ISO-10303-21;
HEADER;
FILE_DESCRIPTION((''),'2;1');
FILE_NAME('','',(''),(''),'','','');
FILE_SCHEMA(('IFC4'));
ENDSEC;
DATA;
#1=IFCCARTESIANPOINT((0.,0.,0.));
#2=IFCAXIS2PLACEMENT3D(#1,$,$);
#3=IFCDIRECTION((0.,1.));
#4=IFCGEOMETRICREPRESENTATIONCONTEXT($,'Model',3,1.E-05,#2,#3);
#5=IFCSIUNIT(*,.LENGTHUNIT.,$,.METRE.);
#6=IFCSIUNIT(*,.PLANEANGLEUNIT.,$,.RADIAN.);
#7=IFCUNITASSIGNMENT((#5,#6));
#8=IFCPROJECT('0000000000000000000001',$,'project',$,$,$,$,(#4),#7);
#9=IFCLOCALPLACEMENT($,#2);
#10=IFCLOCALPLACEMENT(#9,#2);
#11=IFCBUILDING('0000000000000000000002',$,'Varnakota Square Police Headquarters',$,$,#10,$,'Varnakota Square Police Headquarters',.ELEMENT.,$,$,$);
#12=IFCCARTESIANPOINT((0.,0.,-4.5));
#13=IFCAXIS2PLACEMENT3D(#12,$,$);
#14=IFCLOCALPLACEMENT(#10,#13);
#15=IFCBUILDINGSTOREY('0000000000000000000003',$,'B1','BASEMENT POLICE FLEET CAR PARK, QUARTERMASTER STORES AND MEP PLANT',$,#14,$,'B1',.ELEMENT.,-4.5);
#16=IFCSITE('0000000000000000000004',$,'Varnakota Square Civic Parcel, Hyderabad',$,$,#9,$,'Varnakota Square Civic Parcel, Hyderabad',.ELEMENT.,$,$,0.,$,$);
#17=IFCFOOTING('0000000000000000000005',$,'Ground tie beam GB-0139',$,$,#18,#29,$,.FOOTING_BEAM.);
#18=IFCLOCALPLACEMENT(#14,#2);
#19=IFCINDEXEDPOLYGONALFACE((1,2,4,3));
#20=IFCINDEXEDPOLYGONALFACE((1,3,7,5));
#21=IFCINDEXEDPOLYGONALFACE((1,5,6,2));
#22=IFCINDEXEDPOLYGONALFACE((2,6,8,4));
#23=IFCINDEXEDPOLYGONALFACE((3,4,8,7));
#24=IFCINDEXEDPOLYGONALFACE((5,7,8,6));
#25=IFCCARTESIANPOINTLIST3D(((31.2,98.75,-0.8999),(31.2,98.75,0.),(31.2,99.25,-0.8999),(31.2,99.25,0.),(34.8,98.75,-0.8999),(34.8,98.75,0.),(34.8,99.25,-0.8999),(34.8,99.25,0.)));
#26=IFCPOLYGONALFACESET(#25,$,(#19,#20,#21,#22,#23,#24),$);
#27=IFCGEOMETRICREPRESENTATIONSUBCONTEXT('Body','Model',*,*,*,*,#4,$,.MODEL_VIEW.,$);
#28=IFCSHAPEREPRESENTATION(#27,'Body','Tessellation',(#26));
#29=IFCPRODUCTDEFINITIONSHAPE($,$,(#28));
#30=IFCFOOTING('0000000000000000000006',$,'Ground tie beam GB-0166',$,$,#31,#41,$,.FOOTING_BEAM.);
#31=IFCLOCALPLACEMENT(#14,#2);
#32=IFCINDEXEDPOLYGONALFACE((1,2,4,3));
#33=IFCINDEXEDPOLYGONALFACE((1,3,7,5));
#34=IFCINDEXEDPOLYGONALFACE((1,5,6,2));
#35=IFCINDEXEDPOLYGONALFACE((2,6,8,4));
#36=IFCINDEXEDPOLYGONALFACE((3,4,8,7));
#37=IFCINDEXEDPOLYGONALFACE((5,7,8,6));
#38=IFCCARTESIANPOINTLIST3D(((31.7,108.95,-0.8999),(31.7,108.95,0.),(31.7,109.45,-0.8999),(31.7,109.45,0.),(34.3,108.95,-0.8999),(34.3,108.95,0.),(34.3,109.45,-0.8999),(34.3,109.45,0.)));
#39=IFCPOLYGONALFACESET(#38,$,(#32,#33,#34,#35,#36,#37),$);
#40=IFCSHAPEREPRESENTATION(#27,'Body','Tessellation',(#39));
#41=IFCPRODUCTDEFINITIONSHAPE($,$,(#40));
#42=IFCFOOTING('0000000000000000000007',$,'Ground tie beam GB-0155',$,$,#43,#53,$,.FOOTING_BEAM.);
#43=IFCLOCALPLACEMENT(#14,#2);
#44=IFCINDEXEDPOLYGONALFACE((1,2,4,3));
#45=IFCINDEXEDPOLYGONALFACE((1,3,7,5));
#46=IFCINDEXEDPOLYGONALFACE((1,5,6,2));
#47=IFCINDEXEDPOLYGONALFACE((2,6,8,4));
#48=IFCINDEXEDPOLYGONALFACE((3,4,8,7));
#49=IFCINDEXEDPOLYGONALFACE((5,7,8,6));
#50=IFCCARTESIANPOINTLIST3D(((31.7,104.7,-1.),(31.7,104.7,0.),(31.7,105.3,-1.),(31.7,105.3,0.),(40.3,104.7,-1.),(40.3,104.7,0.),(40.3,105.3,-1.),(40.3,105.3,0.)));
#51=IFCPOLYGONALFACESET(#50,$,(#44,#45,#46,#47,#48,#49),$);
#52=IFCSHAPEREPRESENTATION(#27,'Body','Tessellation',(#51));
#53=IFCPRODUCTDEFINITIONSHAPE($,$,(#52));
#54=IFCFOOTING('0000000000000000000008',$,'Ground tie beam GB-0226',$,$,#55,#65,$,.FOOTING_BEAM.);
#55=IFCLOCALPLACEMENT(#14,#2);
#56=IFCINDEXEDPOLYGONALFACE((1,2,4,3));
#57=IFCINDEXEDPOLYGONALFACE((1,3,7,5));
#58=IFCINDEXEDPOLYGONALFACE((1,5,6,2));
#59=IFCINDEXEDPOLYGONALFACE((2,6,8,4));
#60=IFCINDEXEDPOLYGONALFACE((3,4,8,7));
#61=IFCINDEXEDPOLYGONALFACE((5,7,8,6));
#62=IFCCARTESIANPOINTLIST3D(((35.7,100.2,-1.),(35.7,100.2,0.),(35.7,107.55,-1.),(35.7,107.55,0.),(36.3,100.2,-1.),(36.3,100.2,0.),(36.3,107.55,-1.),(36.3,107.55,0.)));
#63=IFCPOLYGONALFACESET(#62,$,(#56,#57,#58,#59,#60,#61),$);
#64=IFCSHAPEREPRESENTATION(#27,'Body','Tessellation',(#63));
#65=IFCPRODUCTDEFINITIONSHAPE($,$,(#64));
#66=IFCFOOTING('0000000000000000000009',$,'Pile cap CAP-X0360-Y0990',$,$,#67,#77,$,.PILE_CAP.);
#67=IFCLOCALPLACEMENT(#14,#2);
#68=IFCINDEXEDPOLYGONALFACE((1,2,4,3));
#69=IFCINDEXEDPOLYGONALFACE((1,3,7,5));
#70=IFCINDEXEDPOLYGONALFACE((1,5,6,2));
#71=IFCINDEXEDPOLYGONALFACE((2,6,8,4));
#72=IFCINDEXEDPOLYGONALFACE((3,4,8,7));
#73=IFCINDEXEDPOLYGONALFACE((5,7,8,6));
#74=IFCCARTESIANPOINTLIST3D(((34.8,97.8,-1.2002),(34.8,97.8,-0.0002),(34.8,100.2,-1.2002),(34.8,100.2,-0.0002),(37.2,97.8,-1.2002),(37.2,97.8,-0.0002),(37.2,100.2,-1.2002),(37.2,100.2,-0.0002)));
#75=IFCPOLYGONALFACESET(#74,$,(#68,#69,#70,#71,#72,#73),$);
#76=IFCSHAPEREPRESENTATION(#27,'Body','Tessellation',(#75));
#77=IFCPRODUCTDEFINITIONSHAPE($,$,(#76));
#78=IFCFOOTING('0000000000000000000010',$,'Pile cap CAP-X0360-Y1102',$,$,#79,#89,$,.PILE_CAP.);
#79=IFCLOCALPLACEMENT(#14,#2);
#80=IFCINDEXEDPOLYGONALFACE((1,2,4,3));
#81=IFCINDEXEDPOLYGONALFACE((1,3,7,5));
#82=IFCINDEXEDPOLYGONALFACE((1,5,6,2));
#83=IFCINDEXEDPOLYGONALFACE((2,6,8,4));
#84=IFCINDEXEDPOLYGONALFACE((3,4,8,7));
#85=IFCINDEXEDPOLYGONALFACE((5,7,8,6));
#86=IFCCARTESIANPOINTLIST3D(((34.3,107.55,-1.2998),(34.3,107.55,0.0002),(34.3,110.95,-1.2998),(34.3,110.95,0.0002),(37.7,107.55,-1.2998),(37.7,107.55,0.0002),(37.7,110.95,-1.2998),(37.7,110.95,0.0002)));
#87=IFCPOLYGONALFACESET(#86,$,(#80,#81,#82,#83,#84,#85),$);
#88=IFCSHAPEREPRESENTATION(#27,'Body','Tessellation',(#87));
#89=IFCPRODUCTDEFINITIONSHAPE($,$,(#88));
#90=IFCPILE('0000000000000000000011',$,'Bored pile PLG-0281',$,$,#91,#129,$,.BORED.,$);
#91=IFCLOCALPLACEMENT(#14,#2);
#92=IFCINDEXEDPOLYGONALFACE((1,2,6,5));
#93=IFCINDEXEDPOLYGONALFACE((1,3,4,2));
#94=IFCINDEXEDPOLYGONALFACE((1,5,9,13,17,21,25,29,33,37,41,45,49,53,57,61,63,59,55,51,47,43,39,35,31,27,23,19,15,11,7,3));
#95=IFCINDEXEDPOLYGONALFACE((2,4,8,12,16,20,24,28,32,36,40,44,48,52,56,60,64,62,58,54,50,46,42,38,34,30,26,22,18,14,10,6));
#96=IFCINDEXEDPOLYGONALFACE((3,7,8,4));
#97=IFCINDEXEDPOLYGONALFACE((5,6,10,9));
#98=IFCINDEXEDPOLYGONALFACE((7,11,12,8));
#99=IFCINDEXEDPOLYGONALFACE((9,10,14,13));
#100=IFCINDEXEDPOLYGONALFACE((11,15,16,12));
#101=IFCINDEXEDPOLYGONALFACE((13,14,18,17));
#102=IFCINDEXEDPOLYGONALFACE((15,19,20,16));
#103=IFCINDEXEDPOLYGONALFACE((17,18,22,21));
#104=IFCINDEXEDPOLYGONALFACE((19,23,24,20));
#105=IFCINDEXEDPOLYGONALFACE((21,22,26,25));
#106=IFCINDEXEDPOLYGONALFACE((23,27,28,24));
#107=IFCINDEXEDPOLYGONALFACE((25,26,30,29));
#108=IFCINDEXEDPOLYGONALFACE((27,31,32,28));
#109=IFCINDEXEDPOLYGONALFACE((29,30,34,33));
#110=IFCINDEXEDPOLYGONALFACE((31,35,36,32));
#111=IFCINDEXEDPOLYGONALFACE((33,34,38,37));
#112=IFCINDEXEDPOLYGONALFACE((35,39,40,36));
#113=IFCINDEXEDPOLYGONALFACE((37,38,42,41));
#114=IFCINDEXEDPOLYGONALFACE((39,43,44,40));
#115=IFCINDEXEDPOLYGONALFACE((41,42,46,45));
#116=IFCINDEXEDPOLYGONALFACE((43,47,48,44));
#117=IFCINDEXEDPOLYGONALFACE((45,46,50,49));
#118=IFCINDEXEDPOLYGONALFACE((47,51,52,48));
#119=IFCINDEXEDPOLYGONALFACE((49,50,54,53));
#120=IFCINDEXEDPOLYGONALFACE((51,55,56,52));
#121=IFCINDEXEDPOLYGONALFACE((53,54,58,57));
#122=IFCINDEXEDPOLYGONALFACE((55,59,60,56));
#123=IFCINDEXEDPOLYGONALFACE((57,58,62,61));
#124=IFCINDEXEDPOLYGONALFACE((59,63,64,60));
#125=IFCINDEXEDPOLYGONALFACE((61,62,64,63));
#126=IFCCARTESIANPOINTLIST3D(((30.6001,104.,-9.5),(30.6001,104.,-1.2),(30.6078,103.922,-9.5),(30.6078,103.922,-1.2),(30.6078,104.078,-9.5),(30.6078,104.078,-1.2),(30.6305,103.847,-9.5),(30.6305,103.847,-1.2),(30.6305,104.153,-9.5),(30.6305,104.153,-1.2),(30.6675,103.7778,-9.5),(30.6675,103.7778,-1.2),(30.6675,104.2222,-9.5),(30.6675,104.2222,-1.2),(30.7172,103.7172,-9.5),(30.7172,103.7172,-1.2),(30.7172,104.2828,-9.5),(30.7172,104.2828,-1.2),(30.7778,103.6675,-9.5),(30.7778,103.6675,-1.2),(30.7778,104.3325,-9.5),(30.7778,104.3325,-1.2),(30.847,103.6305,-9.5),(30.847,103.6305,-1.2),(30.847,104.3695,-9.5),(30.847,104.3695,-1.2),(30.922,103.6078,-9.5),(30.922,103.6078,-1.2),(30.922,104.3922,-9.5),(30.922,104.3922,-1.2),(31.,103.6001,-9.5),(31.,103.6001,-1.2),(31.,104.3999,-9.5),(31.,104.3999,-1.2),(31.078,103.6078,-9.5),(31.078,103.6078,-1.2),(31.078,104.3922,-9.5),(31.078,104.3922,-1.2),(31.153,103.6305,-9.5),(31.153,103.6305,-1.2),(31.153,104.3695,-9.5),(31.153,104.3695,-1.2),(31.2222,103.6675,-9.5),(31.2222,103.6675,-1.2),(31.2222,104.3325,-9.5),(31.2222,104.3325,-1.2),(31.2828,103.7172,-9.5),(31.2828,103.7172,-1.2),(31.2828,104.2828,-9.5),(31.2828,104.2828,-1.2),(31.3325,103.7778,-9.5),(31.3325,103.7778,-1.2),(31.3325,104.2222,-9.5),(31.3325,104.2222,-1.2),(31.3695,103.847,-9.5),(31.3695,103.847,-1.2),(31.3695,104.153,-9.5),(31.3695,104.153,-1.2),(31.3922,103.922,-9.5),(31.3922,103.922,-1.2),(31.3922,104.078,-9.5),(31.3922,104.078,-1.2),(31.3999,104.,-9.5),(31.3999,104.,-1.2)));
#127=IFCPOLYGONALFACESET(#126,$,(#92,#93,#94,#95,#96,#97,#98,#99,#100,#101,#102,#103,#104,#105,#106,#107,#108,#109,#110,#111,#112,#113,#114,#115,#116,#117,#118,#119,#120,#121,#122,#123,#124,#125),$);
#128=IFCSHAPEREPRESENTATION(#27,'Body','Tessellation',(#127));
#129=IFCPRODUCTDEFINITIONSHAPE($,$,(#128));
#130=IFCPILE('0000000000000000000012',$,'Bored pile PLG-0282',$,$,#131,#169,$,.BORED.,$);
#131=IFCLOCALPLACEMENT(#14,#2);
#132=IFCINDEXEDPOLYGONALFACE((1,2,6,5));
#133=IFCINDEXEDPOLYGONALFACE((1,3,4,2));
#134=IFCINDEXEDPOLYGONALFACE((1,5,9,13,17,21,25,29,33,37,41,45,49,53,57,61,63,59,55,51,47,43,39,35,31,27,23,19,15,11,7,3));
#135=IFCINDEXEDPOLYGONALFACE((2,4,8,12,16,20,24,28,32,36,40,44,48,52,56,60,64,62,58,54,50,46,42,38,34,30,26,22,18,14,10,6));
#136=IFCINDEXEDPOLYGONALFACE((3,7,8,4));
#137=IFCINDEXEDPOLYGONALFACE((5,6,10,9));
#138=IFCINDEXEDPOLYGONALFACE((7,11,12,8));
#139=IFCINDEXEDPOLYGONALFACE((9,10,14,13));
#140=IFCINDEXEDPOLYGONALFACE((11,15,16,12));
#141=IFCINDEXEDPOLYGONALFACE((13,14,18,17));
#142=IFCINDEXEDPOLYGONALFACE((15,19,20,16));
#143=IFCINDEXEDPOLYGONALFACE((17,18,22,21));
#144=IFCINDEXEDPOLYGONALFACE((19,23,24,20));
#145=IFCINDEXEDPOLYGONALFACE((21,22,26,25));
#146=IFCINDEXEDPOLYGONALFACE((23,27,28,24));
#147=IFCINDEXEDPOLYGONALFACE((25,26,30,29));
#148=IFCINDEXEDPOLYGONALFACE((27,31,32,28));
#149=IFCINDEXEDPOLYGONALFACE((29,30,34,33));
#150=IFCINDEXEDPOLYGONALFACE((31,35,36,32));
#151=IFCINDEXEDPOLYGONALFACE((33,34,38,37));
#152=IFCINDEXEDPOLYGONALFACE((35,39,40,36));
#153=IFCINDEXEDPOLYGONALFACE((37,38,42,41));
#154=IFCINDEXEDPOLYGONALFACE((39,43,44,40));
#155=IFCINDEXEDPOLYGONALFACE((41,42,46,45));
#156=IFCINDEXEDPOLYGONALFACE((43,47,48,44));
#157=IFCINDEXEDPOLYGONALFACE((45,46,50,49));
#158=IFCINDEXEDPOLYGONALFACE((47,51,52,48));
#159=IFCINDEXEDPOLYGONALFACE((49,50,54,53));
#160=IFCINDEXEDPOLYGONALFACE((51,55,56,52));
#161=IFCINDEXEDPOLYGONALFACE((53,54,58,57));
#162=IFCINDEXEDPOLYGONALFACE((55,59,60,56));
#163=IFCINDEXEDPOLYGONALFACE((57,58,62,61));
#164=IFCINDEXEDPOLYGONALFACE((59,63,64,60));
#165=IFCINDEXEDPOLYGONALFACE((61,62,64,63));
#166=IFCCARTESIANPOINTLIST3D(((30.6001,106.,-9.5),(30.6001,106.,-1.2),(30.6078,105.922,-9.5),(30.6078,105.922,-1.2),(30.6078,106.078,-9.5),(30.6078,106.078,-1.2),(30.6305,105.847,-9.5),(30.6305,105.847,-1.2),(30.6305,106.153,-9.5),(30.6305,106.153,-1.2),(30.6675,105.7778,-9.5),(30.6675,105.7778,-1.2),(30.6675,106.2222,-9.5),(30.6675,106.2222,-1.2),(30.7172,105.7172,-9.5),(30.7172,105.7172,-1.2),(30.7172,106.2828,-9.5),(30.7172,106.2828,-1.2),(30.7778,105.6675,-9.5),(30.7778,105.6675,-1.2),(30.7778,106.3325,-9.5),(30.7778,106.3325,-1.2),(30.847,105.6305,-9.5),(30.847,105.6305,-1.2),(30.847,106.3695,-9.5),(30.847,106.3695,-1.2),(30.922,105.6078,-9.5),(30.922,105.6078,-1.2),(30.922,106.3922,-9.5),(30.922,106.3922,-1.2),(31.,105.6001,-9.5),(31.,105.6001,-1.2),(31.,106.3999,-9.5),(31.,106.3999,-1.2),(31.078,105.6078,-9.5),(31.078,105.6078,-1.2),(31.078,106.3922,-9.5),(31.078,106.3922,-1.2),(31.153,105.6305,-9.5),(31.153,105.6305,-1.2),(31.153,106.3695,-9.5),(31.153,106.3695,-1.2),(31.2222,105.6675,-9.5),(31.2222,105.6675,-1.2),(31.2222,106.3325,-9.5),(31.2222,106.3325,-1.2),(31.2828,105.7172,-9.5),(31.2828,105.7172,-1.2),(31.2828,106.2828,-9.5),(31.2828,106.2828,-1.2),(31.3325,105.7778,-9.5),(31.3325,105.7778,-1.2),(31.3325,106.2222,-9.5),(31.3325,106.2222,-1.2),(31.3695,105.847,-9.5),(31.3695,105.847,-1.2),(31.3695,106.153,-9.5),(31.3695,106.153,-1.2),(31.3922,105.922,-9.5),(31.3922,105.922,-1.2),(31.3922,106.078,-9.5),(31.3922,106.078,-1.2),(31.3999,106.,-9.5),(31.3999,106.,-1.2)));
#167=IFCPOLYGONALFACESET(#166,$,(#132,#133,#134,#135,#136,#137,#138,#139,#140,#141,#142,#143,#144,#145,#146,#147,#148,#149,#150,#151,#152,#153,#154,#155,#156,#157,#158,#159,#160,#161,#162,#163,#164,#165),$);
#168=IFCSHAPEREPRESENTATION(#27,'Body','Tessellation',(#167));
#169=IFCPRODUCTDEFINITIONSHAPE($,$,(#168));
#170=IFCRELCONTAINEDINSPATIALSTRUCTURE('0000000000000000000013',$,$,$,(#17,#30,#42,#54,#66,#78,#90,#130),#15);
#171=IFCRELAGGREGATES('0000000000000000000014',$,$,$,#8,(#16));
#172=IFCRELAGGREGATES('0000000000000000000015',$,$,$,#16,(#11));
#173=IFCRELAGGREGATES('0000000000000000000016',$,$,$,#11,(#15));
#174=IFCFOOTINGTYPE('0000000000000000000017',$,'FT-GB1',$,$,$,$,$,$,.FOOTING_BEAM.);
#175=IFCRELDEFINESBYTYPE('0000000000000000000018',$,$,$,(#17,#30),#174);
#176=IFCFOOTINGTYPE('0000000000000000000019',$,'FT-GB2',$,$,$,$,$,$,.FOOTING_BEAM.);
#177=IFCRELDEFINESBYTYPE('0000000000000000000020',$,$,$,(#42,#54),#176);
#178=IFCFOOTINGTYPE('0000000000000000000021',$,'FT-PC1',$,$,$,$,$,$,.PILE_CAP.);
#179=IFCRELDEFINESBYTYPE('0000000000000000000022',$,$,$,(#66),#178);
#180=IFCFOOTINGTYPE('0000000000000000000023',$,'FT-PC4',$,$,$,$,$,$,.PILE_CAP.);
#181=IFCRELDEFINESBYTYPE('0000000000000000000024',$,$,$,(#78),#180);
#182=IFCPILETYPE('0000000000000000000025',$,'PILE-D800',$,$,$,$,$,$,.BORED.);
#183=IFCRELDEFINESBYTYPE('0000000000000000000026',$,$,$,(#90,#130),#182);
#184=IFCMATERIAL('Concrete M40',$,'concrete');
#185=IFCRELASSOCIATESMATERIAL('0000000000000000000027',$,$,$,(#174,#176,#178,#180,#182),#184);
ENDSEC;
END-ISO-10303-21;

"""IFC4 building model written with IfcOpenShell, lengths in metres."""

from ifc_helpers import new_model, si_unit, direction, frame, origin, origin_2d, place, context, subcontext, project, spatial, rectangle, circle, extrude, material, material_profile, profile_set, type_object, element, save


model = new_model("IFC4")

# Units and contexts
model_context = context("Model", 3, precision=1e-05, world=origin(), true_north=direction((0.0, 1.0)))
body_context = subcontext(model_context, "Body", "Model", "MODEL_VIEW")
ifc_project = project(units=[si_unit("LENGTHUNIT", "METRE"), si_unit("PLANEANGLEUNIT", "RADIAN")], contexts=[model_context])

# Site, building, storey
site_placement = place(None, origin())
site = spatial("IfcSite", under=ifc_project, at=site_placement, Name="Varnakota Square Civic Parcel, Hyderabad", LongName="Varnakota Square Civic Parcel, Hyderabad", CompositionType="ELEMENT", RefElevation=0.0)
building_placement = place(site_placement, origin())
building = spatial("IfcBuilding", under=site, at=building_placement, Name="Varnakota Square Police Headquarters", LongName="Varnakota Square Police Headquarters", CompositionType="ELEMENT")
storey_placement = place(building_placement, frame((0.0, 0.0, -4.5)))
storey = spatial("IfcBuildingStorey", under=building, at=storey_placement, Name="B1", Description="BASEMENT POLICE FLEET CAR PARK, QUARTERMASTER STORES AND MEP PLANT", LongName="B1", CompositionType="ELEMENT", Elevation=-4.5)

# Footings
ifc_material_1 = material(Name="Concrete M40", Category="concrete")
ifc_material_profile_1 = material_profile(ifc_material_1, rectangle(XDim=0.5, YDim=0.8999, at=origin_2d()), Name="GB 500x900")
ifc_profile_set_1 = profile_set([ifc_material_profile_1], Name="Concrete M40")
footing_type_1 = type_object("IfcFootingType", Name="FT-GB1", PredefinedType="FOOTING_BEAM", material=ifc_profile_set_1)
footing_1_placement = place(storey_placement, frame((31.2, 99.0, -0.45), z_axis=(1.0, 0.0, 0.0), x_axis=(0.0, 1.0, 0.0)))
element("IfcFooting", 1, at=footing_1_placement, inside=storey, type_object=footing_type_1, Name="Ground tie beam GB-0139", PredefinedType="FOOTING_BEAM", context=body_context, shape_type="SweptSolid", body=[
    extrude(rectangle(XDim=0.5, YDim=0.8999, at=origin_2d()), origin(), (0.0, 0.0, 1.0), 3.6001),
])
footing_2_placement = place(storey_placement, frame((31.7, 109.2, -0.45), z_axis=(1.0, 0.0, 0.0), x_axis=(0.0, 1.0, 0.0)))
element("IfcFooting", 2, at=footing_2_placement, inside=storey, type_object=footing_type_1, Name="Ground tie beam GB-0166", PredefinedType="FOOTING_BEAM", context=body_context, shape_type="SweptSolid", body=[
    extrude(rectangle(XDim=0.5, YDim=0.8999, at=origin_2d()), origin(), (0.0, 0.0, 1.0), 2.6001),
])
ifc_material_profile_2 = material_profile(ifc_material_1, rectangle(XDim=0.6001, YDim=1.0, at=origin_2d()), Name="GB 600x1000")
ifc_profile_set_2 = profile_set([ifc_material_profile_2], Name="Concrete M40")
footing_type_2 = type_object("IfcFootingType", Name="FT-GB2", PredefinedType="FOOTING_BEAM", material=ifc_profile_set_2)
footing_3_placement = place(storey_placement, frame((31.7, 105.0, -0.5), z_axis=(1.0, 0.0, 0.0), x_axis=(0.0, 1.0, 0.0)))
element("IfcFooting", 3, at=footing_3_placement, inside=storey, type_object=footing_type_2, Name="Ground tie beam GB-0155", PredefinedType="FOOTING_BEAM", context=body_context, shape_type="SweptSolid", body=[
    extrude(rectangle(XDim=0.6001, YDim=1.0, at=origin_2d()), origin(), (0.0, 0.0, 1.0), 8.6001),
])
footing_4_placement = place(storey_placement, frame((36.0, 100.2, -0.5), z_axis=(0.0, 1.0, 0.0), x_axis=(-1.0, 0.0, 0.0)))
element("IfcFooting", 4, at=footing_4_placement, inside=storey, type_object=footing_type_2, Name="Ground tie beam GB-0226", PredefinedType="FOOTING_BEAM", context=body_context, shape_type="SweptSolid", body=[
    extrude(rectangle(XDim=0.6001, YDim=1.0, at=origin_2d()), origin(), (0.0, 0.0, 1.0), 7.3501),
])
footing_type_3 = type_object("IfcFootingType", Name="FT-PC1", PredefinedType="PILE_CAP", material=ifc_material_1)
footing_5_placement = place(storey_placement, frame((36.0, 99.0, -1.2002), z_axis=(0.0, 0.0, 1.0), x_axis=(1.0, 0.0, 0.0)))
element("IfcFooting", 5, at=footing_5_placement, inside=storey, type_object=footing_type_3, Name="Pile cap CAP-X0360-Y0990", PredefinedType="PILE_CAP", context=body_context, shape_type="SweptSolid", body=[
    extrude(rectangle(XDim=2.3999, YDim=2.3999, at=origin_2d()), origin(), (0.0, 0.0, 1.0), 1.2),
])
footing_type_4 = type_object("IfcFootingType", Name="FT-PC4", PredefinedType="PILE_CAP", material=ifc_material_1)
footing_6_placement = place(storey_placement, frame((36.0, 109.25, -1.2998), z_axis=(0.0, 0.0, 1.0), x_axis=(1.0, 0.0, 0.0)))
element("IfcFooting", 6, at=footing_6_placement, inside=storey, type_object=footing_type_4, Name="Pile cap CAP-X0360-Y1102", PredefinedType="PILE_CAP", context=body_context, shape_type="SweptSolid", body=[
    extrude(rectangle(XDim=3.3999, YDim=3.3999, at=origin_2d()), origin(), (0.0, 0.0, 1.0), 1.3),
])

# Piles
ifc_material_profile_3 = material_profile(ifc_material_1, circle(Radius=0.3999, at=origin_2d()), Name="BORED PILE 800")
ifc_profile_set_3 = profile_set([ifc_material_profile_3], Name="Concrete M40")
pile_type = type_object("IfcPileType", Name="PILE-D800", PredefinedType="BORED", material=ifc_profile_set_3)
for number, where, z_axis, x_axis, name in (
    (7, (31.0, 104.0, -1.2), (0.0, 0.0, -1.0), (1.0, 0.0, 0.0), "Bored pile PLG-0281"),
    (8, (31.0, 106.0, -1.2), (0.0, 0.0, -1.0), (1.0, 0.0, 0.0), "Bored pile PLG-0282"),
):
    element("IfcPile", number, at=place(storey_placement, frame(where, z_axis=z_axis, x_axis=x_axis)), inside=storey, type_object=pile_type, Name=name, PredefinedType="BORED", context=body_context, shape_type="SweptSolid", body=[
        extrude(circle(Radius=0.3999, at=origin_2d()), origin(), (0.0, 0.0, 1.0), 8.3),
    ])

save(model, "model.ifc")
